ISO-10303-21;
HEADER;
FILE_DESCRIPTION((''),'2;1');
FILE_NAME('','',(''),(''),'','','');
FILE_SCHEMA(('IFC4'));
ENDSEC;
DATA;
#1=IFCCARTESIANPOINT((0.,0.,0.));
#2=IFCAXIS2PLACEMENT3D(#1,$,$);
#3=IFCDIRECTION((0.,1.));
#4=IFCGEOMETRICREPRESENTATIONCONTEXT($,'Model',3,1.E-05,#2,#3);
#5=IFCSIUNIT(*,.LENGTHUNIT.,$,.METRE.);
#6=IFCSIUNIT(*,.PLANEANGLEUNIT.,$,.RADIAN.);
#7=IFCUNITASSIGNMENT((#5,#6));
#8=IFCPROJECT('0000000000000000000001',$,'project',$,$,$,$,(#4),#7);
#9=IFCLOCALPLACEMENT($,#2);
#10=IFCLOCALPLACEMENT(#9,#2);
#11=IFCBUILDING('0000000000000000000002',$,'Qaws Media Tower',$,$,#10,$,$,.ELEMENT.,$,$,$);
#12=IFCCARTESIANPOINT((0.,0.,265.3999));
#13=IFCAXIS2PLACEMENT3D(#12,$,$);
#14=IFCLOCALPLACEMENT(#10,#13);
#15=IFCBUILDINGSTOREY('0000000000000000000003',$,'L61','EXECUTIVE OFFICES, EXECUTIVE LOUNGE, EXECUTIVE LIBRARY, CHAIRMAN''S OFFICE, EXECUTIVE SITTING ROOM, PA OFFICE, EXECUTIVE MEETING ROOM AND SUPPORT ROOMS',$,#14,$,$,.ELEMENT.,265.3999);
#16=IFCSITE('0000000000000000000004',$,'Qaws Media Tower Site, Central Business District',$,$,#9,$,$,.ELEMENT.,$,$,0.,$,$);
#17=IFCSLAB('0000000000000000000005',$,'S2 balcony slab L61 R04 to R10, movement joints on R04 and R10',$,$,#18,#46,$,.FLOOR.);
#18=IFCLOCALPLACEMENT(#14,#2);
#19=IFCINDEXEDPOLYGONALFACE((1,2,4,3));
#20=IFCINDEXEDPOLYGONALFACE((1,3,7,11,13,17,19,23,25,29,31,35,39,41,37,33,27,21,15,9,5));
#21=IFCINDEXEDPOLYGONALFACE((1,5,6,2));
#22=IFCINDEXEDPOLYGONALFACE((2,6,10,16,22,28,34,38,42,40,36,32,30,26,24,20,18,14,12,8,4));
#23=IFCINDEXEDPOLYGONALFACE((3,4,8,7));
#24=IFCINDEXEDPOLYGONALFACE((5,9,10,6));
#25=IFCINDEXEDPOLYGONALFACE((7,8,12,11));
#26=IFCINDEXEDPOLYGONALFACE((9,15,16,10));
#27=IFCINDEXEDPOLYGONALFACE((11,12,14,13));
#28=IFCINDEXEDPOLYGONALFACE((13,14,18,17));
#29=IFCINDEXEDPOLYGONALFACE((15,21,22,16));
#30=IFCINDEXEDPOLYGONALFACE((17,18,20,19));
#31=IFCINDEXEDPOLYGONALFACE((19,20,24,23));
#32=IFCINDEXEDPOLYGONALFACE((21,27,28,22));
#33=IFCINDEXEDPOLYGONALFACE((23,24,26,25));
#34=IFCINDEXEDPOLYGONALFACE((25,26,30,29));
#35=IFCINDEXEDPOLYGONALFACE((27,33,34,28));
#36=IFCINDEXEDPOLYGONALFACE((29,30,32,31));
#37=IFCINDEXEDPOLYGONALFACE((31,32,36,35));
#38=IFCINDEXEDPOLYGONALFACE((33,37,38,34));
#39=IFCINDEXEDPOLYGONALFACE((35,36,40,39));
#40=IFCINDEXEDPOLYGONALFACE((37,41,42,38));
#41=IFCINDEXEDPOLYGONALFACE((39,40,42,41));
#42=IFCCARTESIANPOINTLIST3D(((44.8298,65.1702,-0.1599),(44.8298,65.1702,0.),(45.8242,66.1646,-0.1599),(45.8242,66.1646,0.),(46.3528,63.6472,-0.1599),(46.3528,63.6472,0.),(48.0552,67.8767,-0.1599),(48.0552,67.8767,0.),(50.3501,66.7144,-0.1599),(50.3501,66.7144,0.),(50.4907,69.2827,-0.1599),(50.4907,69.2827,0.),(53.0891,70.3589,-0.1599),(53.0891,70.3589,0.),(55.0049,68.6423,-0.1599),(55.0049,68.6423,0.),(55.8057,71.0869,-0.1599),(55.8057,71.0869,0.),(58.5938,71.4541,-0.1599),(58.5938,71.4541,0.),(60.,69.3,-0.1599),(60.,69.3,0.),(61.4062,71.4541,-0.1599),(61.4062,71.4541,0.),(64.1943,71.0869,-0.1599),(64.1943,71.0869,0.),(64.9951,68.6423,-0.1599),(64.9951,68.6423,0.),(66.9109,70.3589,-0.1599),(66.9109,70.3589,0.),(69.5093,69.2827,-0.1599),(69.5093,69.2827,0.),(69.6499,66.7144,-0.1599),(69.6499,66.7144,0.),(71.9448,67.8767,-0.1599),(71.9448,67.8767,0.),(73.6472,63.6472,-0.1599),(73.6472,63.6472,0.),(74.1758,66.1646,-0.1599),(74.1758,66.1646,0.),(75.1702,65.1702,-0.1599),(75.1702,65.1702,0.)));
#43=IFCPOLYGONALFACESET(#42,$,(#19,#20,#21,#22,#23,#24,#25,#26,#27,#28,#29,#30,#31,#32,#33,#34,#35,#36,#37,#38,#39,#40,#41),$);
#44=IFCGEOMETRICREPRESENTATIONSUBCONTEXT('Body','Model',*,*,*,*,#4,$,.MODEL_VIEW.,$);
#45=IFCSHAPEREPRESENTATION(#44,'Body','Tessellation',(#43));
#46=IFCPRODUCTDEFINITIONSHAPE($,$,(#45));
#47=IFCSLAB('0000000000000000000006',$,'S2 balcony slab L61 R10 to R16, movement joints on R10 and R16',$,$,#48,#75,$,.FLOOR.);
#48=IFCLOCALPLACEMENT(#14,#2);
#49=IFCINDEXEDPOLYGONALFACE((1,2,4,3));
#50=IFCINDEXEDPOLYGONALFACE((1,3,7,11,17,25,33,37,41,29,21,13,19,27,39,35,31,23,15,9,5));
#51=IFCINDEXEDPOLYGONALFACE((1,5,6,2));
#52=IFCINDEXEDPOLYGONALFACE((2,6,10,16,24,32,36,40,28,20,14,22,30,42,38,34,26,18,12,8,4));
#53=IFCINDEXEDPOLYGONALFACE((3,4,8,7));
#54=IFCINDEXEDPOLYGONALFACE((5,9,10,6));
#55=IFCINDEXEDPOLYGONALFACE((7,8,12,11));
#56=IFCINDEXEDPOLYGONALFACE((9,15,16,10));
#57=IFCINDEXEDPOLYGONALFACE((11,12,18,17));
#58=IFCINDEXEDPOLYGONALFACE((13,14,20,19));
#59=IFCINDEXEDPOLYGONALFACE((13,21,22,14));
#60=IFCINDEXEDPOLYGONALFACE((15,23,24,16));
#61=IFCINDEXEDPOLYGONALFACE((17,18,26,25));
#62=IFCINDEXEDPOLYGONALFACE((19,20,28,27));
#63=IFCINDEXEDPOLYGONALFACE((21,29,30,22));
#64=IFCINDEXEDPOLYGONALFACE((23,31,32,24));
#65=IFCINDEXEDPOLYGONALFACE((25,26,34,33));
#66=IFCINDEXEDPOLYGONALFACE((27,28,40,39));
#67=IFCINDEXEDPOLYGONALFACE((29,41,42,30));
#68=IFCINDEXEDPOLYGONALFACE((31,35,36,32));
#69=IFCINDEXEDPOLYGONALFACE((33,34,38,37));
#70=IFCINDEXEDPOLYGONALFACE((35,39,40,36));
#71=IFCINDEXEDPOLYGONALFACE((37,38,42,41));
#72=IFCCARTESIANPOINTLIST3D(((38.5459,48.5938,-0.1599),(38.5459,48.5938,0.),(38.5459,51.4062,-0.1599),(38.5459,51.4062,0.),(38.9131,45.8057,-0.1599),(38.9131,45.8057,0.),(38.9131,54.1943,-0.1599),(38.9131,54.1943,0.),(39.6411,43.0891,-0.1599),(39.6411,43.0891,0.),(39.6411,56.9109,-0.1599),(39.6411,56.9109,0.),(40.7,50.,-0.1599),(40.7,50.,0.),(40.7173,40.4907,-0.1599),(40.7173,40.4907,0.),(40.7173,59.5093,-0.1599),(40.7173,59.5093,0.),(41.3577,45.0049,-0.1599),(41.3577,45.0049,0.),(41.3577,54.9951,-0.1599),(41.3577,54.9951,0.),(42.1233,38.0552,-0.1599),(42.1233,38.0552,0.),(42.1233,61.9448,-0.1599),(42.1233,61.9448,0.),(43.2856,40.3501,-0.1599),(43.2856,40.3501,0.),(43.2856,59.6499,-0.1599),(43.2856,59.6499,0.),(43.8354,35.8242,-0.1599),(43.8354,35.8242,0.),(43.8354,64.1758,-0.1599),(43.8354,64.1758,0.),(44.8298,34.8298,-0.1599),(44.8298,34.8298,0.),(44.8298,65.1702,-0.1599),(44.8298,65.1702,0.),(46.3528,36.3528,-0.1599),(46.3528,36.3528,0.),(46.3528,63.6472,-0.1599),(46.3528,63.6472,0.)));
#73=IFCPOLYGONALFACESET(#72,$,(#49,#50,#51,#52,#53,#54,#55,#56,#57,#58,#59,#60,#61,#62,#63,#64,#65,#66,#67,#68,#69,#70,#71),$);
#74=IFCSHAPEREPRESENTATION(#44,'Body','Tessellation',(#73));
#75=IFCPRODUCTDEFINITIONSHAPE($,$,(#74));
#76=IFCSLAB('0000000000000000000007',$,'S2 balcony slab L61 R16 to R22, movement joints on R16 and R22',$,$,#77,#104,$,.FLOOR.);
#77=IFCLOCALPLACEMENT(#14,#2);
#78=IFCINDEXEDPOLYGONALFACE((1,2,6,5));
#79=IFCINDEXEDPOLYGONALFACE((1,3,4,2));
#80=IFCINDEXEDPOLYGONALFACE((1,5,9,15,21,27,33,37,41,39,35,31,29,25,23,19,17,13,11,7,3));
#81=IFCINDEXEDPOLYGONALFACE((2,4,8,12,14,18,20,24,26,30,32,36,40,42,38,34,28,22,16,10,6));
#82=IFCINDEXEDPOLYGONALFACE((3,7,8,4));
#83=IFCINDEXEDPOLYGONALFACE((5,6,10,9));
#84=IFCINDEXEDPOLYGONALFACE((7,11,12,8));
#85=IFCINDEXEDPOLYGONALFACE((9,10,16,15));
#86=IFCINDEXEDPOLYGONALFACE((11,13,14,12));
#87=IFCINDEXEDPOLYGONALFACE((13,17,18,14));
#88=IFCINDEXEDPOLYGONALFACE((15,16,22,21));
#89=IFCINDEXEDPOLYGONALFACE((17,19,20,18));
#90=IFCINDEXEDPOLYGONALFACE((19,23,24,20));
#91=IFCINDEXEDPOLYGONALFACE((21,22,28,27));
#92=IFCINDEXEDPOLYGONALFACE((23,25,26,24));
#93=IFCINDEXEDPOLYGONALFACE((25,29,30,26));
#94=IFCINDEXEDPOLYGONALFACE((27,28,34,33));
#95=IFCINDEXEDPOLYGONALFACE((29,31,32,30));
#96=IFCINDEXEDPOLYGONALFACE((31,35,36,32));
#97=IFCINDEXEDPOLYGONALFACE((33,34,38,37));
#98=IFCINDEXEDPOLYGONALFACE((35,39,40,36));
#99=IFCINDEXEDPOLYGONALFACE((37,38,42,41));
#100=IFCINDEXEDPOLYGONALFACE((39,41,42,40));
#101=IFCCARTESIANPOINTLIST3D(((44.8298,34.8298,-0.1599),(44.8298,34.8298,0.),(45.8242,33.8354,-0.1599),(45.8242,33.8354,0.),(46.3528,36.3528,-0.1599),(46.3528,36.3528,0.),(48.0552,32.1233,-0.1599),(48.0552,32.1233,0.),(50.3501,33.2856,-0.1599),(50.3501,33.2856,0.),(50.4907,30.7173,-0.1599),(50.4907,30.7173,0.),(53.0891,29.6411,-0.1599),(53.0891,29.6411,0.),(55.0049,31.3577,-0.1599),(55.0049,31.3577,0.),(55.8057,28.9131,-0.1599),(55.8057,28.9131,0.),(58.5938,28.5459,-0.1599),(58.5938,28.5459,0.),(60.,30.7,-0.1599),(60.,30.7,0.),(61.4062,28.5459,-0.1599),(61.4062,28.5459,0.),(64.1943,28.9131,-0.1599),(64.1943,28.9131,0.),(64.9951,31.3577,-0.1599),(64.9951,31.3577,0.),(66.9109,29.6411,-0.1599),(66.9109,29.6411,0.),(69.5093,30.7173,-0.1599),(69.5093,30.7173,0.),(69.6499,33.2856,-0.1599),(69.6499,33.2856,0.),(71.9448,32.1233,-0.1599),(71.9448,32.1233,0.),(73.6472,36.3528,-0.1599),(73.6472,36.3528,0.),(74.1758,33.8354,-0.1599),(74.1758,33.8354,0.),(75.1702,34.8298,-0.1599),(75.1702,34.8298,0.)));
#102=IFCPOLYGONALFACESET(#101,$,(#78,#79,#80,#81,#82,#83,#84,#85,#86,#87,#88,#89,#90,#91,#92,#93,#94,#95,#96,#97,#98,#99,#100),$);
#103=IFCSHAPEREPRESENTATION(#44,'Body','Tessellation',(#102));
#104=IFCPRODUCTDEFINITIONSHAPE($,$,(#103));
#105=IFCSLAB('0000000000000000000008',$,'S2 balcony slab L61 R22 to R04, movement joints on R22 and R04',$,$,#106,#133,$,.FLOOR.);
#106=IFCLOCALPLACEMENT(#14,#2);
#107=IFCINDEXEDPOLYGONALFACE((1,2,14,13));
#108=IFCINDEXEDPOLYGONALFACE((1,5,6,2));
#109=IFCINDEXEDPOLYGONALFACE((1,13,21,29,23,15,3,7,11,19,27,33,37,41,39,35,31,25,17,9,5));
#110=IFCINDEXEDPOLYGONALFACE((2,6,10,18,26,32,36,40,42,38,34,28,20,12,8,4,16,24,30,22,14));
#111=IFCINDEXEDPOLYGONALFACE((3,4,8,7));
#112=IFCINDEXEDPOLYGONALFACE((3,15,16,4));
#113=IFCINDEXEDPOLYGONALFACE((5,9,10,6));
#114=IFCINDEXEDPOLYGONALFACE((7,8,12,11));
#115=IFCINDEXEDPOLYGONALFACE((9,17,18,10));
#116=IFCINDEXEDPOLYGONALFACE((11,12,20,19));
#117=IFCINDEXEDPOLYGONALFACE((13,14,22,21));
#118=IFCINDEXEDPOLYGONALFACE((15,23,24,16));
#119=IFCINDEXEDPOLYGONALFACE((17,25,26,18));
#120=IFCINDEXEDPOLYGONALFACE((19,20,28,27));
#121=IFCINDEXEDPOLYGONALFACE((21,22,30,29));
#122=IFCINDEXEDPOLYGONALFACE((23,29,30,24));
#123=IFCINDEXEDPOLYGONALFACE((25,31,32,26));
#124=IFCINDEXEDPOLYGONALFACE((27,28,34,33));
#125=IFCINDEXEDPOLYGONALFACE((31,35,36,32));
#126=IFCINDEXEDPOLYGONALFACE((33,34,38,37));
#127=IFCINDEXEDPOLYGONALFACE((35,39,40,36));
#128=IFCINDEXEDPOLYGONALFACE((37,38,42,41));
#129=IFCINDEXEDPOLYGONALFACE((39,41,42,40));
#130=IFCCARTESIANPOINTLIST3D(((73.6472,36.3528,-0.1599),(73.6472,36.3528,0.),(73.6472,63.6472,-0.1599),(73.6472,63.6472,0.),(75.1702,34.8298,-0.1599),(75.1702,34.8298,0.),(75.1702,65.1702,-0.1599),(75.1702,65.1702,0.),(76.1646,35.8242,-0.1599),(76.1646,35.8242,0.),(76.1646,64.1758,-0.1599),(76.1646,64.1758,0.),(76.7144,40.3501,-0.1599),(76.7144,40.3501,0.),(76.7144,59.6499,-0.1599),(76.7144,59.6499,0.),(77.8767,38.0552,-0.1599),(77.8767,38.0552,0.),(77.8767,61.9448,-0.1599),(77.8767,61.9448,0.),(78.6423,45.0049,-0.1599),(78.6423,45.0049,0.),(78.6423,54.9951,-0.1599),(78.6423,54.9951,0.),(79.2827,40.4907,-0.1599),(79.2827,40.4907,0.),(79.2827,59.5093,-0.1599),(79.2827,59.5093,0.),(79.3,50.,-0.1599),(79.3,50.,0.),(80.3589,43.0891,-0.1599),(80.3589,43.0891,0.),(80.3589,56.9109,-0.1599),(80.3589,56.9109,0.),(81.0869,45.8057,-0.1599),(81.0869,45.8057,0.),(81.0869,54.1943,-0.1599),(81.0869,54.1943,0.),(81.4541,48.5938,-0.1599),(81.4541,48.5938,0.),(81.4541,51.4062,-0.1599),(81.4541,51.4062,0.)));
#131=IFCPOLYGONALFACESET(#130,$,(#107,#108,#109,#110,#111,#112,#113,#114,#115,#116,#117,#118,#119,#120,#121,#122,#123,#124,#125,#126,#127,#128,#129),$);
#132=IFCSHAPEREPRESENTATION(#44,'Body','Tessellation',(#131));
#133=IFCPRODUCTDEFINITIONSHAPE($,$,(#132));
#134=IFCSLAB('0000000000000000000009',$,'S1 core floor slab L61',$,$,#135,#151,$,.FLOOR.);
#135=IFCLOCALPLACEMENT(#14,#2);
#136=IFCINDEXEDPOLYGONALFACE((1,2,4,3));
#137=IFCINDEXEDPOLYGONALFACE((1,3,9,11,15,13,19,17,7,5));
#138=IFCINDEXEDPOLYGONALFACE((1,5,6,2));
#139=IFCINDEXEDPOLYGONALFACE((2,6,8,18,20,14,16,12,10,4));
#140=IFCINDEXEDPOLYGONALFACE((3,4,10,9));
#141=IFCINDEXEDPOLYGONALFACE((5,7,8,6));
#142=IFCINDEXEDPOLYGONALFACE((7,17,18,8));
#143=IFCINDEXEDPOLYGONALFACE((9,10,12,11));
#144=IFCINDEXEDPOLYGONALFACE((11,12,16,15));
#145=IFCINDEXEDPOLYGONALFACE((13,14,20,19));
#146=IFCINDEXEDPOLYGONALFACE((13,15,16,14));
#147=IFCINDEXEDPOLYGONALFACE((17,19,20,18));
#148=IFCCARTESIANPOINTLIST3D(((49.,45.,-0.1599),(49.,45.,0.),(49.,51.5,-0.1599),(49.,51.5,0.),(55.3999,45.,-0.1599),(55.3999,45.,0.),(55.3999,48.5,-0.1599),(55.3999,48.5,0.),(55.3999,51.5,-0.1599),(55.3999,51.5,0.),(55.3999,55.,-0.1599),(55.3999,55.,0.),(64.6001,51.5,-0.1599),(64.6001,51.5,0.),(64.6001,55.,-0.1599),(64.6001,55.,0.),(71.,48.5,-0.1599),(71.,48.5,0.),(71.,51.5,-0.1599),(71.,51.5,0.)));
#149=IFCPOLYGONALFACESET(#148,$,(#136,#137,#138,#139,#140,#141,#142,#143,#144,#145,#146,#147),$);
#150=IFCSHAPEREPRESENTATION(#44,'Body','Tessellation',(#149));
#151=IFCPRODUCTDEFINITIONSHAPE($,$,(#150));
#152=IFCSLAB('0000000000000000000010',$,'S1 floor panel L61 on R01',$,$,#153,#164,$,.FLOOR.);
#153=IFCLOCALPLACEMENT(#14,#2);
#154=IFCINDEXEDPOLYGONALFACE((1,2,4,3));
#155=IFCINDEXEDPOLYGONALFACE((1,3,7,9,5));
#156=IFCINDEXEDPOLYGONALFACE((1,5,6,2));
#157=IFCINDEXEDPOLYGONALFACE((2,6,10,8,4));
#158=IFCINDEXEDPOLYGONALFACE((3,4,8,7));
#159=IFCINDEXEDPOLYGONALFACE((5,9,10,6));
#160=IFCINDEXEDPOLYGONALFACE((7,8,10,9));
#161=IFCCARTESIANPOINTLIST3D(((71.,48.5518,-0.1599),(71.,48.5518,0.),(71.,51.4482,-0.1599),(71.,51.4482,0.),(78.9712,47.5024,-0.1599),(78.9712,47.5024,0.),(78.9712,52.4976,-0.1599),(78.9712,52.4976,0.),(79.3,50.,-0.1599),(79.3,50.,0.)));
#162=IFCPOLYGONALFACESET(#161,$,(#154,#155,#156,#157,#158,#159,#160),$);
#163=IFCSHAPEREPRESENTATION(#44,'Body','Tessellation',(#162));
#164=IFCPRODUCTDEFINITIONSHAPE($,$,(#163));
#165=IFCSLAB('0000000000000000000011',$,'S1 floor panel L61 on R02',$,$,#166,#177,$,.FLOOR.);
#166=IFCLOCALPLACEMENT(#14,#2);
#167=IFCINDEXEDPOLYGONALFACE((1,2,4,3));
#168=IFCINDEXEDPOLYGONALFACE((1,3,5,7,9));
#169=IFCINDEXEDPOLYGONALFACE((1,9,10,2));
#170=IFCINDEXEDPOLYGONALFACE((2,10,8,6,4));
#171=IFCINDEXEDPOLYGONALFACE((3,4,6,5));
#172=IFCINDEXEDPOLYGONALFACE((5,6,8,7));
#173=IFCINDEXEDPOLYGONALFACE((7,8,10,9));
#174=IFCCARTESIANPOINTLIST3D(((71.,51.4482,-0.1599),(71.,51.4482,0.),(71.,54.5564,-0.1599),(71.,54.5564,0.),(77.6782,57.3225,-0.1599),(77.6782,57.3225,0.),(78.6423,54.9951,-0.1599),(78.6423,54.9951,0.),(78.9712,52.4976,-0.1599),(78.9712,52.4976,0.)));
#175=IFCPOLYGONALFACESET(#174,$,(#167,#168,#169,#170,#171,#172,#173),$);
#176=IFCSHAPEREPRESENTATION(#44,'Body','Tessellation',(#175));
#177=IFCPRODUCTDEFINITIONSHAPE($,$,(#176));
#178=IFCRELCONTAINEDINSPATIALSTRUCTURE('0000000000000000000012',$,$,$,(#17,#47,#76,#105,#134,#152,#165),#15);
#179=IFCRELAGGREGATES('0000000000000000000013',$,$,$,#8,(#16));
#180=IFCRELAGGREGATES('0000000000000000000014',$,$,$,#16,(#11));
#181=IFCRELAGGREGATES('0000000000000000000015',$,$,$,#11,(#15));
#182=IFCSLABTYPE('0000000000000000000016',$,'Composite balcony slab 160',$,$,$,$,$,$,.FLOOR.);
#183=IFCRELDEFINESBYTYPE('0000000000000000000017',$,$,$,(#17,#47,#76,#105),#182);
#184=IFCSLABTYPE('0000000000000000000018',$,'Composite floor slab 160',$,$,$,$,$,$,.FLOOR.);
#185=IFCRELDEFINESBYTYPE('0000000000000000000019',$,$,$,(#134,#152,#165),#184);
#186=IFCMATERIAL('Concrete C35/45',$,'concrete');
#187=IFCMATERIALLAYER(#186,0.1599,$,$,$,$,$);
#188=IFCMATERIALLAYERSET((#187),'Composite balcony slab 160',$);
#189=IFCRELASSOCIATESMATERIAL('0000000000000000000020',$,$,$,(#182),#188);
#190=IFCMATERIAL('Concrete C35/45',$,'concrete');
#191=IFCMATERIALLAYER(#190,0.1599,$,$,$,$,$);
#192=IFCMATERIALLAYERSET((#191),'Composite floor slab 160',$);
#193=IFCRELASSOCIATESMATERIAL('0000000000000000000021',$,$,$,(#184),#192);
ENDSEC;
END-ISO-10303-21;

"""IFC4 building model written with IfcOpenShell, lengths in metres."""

from ifc_helpers import new_model, si_unit, direction, frame, origin, place, context, subcontext, project, spatial, polyline, outline, extrude, material, layer, layer_set, type_object, element, save


model = new_model("IFC4")

# Units and contexts
model_context = context("Model", 3, precision=1e-05, world=origin(), true_north=direction((0.0, 1.0)))
body_context = subcontext(model_context, "Body", "Model", "MODEL_VIEW")
ifc_project = project(units=[si_unit("LENGTHUNIT", "METRE"), si_unit("PLANEANGLEUNIT", "RADIAN")], contexts=[model_context])

# Site, building, storey
site_placement = place(None, origin())
site = spatial("IfcSite", under=ifc_project, at=site_placement, Name="Qaws Media Tower Site, Central Business District", CompositionType="ELEMENT", RefElevation=0.0)
building_placement = place(site_placement, origin())
building = spatial("IfcBuilding", under=site, at=building_placement, Name="Qaws Media Tower", CompositionType="ELEMENT")
storey_placement = place(building_placement, frame((0.0, 0.0, 265.3999)))
storey = spatial("IfcBuildingStorey", under=building, at=storey_placement, Name="L61", Description="EXECUTIVE OFFICES, EXECUTIVE LOUNGE, EXECUTIVE LIBRARY, CHAIRMAN'S OFFICE, EXECUTIVE SITTING ROOM, PA OFFICE, EXECUTIVE MEETING ROOM AND SUPPORT ROOMS", CompositionType="ELEMENT", Elevation=265.3999)

# Slabs
ifc_material_1 = material(Name="Concrete C35/45", Category="concrete")
ifc_layer_1 = layer(ifc_material_1, 0.1599)
ifc_layer_set_1 = layer_set([ifc_layer_1], Name="Composite balcony slab 160")
slab_type_1 = type_object("IfcSlabType", Name="Composite balcony slab 160", PredefinedType="FLOOR", material=ifc_layer_set_1)
slab_1_placement = place(storey_placement, frame((0.0, 0.0, -0.1599)))
element("IfcSlab", 1, at=slab_1_placement, inside=storey, type_object=slab_type_1, Name="S2 balcony slab L61 R04 to R10, movement joints on R04 and R10", PredefinedType="FLOOR", context=body_context, shape_type="SweptSolid", body=[
    extrude(outline(polyline([(45.8242, 66.1646), (48.0552, 67.8767), (50.4907, 69.2827), (53.0891, 70.3589), (55.8057, 71.0869), (58.5938, 71.4541), (61.4062, 71.4541), (64.1943, 71.0869), (66.9109, 70.3589), (69.5093, 69.2827), (71.9448, 67.8767), (74.1758, 66.1646), (75.1702, 65.1702), (73.6472, 63.6472), (69.6499, 66.7144), (64.9951, 68.6423), (60.0, 69.3), (55.0049, 68.6423), (50.3501, 66.7144), (46.3528, 63.6472), (44.8298, 65.1702), (45.8242, 66.1646)])), origin(), (0.0, 0.0, 1.0), 0.1599),
])
slab_2_placement = place(storey_placement, frame((0.0, 0.0, -0.1599)))
element("IfcSlab", 2, at=slab_2_placement, inside=storey, type_object=slab_type_1, Name="S2 balcony slab L61 R10 to R16, movement joints on R10 and R16", PredefinedType="FLOOR", context=body_context, shape_type="SweptSolid", body=[
    extrude(outline(polyline([(43.8354, 35.8242), (42.1233, 38.0552), (40.7173, 40.4907), (39.6411, 43.0891), (38.9131, 45.8057), (38.5459, 48.5938), (38.5459, 51.4062), (38.9131, 54.1943), (39.6411, 56.9109), (40.7173, 59.5093), (42.1233, 61.9448), (43.8354, 64.1758), (44.8298, 65.1702), (46.3528, 63.6472), (43.2856, 59.6499), (41.3577, 54.9951), (40.7, 50.0), (41.3577, 45.0049), (43.2856, 40.3501), (46.3528, 36.3528), (44.8298, 34.8298), (43.8354, 35.8242)])), origin(), (0.0, 0.0, 1.0), 0.1599),
])
slab_3_placement = place(storey_placement, frame((0.0, 0.0, -0.1599)))
element("IfcSlab", 3, at=slab_3_placement, inside=storey, type_object=slab_type_1, Name="S2 balcony slab L61 R16 to R22, movement joints on R16 and R22", PredefinedType="FLOOR", context=body_context, shape_type="SweptSolid", body=[
    extrude(outline(polyline([(74.1758, 33.8354), (71.9448, 32.1233), (69.5093, 30.7173), (66.9109, 29.6411), (64.1943, 28.9131), (61.4062, 28.5459), (58.5938, 28.5459), (55.8057, 28.9131), (53.0891, 29.6411), (50.4907, 30.7173), (48.0552, 32.1233), (45.8242, 33.8354), (44.8298, 34.8298), (46.3528, 36.3528), (50.3501, 33.2856), (55.0049, 31.3577), (60.0, 30.7), (64.9951, 31.3577), (69.6499, 33.2856), (73.6472, 36.3528), (75.1702, 34.8298), (74.1758, 33.8354)])), origin(), (0.0, 0.0, 1.0), 0.1599),
])
slab_4_placement = place(storey_placement, frame((0.0, 0.0, -0.1599)))
element("IfcSlab", 4, at=slab_4_placement, inside=storey, type_object=slab_type_1, Name="S2 balcony slab L61 R22 to R04, movement joints on R22 and R04", PredefinedType="FLOOR", context=body_context, shape_type="SweptSolid", body=[
    extrude(outline(polyline([(81.0869, 45.8057), (80.3589, 43.0891), (79.2827, 40.4907), (77.8767, 38.0552), (76.1646, 35.8242), (75.1702, 34.8298), (73.6472, 36.3528), (76.7144, 40.3501), (78.6423, 45.0049), (79.3, 50.0), (78.6423, 54.9951), (76.7144, 59.6499), (73.6472, 63.6472), (75.1702, 65.1702), (76.1646, 64.1758), (77.8767, 61.9448), (79.2827, 59.5093), (80.3589, 56.9109), (81.0869, 54.1943), (81.4541, 51.4062), (81.4541, 48.5938), (81.0869, 45.8057)])), origin(), (0.0, 0.0, 1.0), 0.1599),
])
ifc_material_2 = material(Name="Concrete C35/45", Category="concrete")
ifc_layer_2 = layer(ifc_material_2, 0.1599)
ifc_layer_set_2 = layer_set([ifc_layer_2], Name="Composite floor slab 160")
slab_type_2 = type_object("IfcSlabType", Name="Composite floor slab 160", PredefinedType="FLOOR", material=ifc_layer_set_2)
slab_5_placement = place(storey_placement, frame((0.0, 0.0, -0.1599)))
element("IfcSlab", 5, at=slab_5_placement, inside=storey, type_object=slab_type_2, Name="S1 core floor slab L61", PredefinedType="FLOOR", context=body_context, shape_type="SweptSolid", body=[
    extrude(outline(polyline([(71.0, 51.5), (71.0, 48.5), (55.3999, 48.5), (55.3999, 45.0), (49.0, 45.0), (49.0, 51.5), (55.3999, 51.5), (55.3999, 55.0), (64.6001, 55.0), (64.6001, 51.5), (71.0, 51.5)])), origin(), (0.0, 0.0, 1.0), 0.1599),
])
slab_6_placement = place(storey_placement, frame((0.0, 0.0, -0.1599)))
element("IfcSlab", 6, at=slab_6_placement, inside=storey, type_object=slab_type_2, Name="S1 floor panel L61 on R01", PredefinedType="FLOOR", context=body_context, shape_type="SweptSolid", body=[
    extrude(outline(polyline([(79.3, 50.0), (78.9712, 47.5024), (71.0, 48.5518), (71.0, 51.4482), (78.9712, 52.4976), (79.3, 50.0)])), origin(), (0.0, 0.0, 1.0), 0.1599),
])
slab_7_placement = place(storey_placement, frame((0.0, 0.0, -0.1599)))
element("IfcSlab", 7, at=slab_7_placement, inside=storey, type_object=slab_type_2, Name="S1 floor panel L61 on R02", PredefinedType="FLOOR", context=body_context, shape_type="SweptSolid", body=[
    extrude(outline(polyline([(78.6423, 54.9951), (78.9712, 52.4976), (71.0, 51.4482), (71.0, 54.5564), (77.6782, 57.3225), (78.6423, 54.9951)])), origin(), (0.0, 0.0, 1.0), 0.1599),
])

save(model, "model.ifc")
